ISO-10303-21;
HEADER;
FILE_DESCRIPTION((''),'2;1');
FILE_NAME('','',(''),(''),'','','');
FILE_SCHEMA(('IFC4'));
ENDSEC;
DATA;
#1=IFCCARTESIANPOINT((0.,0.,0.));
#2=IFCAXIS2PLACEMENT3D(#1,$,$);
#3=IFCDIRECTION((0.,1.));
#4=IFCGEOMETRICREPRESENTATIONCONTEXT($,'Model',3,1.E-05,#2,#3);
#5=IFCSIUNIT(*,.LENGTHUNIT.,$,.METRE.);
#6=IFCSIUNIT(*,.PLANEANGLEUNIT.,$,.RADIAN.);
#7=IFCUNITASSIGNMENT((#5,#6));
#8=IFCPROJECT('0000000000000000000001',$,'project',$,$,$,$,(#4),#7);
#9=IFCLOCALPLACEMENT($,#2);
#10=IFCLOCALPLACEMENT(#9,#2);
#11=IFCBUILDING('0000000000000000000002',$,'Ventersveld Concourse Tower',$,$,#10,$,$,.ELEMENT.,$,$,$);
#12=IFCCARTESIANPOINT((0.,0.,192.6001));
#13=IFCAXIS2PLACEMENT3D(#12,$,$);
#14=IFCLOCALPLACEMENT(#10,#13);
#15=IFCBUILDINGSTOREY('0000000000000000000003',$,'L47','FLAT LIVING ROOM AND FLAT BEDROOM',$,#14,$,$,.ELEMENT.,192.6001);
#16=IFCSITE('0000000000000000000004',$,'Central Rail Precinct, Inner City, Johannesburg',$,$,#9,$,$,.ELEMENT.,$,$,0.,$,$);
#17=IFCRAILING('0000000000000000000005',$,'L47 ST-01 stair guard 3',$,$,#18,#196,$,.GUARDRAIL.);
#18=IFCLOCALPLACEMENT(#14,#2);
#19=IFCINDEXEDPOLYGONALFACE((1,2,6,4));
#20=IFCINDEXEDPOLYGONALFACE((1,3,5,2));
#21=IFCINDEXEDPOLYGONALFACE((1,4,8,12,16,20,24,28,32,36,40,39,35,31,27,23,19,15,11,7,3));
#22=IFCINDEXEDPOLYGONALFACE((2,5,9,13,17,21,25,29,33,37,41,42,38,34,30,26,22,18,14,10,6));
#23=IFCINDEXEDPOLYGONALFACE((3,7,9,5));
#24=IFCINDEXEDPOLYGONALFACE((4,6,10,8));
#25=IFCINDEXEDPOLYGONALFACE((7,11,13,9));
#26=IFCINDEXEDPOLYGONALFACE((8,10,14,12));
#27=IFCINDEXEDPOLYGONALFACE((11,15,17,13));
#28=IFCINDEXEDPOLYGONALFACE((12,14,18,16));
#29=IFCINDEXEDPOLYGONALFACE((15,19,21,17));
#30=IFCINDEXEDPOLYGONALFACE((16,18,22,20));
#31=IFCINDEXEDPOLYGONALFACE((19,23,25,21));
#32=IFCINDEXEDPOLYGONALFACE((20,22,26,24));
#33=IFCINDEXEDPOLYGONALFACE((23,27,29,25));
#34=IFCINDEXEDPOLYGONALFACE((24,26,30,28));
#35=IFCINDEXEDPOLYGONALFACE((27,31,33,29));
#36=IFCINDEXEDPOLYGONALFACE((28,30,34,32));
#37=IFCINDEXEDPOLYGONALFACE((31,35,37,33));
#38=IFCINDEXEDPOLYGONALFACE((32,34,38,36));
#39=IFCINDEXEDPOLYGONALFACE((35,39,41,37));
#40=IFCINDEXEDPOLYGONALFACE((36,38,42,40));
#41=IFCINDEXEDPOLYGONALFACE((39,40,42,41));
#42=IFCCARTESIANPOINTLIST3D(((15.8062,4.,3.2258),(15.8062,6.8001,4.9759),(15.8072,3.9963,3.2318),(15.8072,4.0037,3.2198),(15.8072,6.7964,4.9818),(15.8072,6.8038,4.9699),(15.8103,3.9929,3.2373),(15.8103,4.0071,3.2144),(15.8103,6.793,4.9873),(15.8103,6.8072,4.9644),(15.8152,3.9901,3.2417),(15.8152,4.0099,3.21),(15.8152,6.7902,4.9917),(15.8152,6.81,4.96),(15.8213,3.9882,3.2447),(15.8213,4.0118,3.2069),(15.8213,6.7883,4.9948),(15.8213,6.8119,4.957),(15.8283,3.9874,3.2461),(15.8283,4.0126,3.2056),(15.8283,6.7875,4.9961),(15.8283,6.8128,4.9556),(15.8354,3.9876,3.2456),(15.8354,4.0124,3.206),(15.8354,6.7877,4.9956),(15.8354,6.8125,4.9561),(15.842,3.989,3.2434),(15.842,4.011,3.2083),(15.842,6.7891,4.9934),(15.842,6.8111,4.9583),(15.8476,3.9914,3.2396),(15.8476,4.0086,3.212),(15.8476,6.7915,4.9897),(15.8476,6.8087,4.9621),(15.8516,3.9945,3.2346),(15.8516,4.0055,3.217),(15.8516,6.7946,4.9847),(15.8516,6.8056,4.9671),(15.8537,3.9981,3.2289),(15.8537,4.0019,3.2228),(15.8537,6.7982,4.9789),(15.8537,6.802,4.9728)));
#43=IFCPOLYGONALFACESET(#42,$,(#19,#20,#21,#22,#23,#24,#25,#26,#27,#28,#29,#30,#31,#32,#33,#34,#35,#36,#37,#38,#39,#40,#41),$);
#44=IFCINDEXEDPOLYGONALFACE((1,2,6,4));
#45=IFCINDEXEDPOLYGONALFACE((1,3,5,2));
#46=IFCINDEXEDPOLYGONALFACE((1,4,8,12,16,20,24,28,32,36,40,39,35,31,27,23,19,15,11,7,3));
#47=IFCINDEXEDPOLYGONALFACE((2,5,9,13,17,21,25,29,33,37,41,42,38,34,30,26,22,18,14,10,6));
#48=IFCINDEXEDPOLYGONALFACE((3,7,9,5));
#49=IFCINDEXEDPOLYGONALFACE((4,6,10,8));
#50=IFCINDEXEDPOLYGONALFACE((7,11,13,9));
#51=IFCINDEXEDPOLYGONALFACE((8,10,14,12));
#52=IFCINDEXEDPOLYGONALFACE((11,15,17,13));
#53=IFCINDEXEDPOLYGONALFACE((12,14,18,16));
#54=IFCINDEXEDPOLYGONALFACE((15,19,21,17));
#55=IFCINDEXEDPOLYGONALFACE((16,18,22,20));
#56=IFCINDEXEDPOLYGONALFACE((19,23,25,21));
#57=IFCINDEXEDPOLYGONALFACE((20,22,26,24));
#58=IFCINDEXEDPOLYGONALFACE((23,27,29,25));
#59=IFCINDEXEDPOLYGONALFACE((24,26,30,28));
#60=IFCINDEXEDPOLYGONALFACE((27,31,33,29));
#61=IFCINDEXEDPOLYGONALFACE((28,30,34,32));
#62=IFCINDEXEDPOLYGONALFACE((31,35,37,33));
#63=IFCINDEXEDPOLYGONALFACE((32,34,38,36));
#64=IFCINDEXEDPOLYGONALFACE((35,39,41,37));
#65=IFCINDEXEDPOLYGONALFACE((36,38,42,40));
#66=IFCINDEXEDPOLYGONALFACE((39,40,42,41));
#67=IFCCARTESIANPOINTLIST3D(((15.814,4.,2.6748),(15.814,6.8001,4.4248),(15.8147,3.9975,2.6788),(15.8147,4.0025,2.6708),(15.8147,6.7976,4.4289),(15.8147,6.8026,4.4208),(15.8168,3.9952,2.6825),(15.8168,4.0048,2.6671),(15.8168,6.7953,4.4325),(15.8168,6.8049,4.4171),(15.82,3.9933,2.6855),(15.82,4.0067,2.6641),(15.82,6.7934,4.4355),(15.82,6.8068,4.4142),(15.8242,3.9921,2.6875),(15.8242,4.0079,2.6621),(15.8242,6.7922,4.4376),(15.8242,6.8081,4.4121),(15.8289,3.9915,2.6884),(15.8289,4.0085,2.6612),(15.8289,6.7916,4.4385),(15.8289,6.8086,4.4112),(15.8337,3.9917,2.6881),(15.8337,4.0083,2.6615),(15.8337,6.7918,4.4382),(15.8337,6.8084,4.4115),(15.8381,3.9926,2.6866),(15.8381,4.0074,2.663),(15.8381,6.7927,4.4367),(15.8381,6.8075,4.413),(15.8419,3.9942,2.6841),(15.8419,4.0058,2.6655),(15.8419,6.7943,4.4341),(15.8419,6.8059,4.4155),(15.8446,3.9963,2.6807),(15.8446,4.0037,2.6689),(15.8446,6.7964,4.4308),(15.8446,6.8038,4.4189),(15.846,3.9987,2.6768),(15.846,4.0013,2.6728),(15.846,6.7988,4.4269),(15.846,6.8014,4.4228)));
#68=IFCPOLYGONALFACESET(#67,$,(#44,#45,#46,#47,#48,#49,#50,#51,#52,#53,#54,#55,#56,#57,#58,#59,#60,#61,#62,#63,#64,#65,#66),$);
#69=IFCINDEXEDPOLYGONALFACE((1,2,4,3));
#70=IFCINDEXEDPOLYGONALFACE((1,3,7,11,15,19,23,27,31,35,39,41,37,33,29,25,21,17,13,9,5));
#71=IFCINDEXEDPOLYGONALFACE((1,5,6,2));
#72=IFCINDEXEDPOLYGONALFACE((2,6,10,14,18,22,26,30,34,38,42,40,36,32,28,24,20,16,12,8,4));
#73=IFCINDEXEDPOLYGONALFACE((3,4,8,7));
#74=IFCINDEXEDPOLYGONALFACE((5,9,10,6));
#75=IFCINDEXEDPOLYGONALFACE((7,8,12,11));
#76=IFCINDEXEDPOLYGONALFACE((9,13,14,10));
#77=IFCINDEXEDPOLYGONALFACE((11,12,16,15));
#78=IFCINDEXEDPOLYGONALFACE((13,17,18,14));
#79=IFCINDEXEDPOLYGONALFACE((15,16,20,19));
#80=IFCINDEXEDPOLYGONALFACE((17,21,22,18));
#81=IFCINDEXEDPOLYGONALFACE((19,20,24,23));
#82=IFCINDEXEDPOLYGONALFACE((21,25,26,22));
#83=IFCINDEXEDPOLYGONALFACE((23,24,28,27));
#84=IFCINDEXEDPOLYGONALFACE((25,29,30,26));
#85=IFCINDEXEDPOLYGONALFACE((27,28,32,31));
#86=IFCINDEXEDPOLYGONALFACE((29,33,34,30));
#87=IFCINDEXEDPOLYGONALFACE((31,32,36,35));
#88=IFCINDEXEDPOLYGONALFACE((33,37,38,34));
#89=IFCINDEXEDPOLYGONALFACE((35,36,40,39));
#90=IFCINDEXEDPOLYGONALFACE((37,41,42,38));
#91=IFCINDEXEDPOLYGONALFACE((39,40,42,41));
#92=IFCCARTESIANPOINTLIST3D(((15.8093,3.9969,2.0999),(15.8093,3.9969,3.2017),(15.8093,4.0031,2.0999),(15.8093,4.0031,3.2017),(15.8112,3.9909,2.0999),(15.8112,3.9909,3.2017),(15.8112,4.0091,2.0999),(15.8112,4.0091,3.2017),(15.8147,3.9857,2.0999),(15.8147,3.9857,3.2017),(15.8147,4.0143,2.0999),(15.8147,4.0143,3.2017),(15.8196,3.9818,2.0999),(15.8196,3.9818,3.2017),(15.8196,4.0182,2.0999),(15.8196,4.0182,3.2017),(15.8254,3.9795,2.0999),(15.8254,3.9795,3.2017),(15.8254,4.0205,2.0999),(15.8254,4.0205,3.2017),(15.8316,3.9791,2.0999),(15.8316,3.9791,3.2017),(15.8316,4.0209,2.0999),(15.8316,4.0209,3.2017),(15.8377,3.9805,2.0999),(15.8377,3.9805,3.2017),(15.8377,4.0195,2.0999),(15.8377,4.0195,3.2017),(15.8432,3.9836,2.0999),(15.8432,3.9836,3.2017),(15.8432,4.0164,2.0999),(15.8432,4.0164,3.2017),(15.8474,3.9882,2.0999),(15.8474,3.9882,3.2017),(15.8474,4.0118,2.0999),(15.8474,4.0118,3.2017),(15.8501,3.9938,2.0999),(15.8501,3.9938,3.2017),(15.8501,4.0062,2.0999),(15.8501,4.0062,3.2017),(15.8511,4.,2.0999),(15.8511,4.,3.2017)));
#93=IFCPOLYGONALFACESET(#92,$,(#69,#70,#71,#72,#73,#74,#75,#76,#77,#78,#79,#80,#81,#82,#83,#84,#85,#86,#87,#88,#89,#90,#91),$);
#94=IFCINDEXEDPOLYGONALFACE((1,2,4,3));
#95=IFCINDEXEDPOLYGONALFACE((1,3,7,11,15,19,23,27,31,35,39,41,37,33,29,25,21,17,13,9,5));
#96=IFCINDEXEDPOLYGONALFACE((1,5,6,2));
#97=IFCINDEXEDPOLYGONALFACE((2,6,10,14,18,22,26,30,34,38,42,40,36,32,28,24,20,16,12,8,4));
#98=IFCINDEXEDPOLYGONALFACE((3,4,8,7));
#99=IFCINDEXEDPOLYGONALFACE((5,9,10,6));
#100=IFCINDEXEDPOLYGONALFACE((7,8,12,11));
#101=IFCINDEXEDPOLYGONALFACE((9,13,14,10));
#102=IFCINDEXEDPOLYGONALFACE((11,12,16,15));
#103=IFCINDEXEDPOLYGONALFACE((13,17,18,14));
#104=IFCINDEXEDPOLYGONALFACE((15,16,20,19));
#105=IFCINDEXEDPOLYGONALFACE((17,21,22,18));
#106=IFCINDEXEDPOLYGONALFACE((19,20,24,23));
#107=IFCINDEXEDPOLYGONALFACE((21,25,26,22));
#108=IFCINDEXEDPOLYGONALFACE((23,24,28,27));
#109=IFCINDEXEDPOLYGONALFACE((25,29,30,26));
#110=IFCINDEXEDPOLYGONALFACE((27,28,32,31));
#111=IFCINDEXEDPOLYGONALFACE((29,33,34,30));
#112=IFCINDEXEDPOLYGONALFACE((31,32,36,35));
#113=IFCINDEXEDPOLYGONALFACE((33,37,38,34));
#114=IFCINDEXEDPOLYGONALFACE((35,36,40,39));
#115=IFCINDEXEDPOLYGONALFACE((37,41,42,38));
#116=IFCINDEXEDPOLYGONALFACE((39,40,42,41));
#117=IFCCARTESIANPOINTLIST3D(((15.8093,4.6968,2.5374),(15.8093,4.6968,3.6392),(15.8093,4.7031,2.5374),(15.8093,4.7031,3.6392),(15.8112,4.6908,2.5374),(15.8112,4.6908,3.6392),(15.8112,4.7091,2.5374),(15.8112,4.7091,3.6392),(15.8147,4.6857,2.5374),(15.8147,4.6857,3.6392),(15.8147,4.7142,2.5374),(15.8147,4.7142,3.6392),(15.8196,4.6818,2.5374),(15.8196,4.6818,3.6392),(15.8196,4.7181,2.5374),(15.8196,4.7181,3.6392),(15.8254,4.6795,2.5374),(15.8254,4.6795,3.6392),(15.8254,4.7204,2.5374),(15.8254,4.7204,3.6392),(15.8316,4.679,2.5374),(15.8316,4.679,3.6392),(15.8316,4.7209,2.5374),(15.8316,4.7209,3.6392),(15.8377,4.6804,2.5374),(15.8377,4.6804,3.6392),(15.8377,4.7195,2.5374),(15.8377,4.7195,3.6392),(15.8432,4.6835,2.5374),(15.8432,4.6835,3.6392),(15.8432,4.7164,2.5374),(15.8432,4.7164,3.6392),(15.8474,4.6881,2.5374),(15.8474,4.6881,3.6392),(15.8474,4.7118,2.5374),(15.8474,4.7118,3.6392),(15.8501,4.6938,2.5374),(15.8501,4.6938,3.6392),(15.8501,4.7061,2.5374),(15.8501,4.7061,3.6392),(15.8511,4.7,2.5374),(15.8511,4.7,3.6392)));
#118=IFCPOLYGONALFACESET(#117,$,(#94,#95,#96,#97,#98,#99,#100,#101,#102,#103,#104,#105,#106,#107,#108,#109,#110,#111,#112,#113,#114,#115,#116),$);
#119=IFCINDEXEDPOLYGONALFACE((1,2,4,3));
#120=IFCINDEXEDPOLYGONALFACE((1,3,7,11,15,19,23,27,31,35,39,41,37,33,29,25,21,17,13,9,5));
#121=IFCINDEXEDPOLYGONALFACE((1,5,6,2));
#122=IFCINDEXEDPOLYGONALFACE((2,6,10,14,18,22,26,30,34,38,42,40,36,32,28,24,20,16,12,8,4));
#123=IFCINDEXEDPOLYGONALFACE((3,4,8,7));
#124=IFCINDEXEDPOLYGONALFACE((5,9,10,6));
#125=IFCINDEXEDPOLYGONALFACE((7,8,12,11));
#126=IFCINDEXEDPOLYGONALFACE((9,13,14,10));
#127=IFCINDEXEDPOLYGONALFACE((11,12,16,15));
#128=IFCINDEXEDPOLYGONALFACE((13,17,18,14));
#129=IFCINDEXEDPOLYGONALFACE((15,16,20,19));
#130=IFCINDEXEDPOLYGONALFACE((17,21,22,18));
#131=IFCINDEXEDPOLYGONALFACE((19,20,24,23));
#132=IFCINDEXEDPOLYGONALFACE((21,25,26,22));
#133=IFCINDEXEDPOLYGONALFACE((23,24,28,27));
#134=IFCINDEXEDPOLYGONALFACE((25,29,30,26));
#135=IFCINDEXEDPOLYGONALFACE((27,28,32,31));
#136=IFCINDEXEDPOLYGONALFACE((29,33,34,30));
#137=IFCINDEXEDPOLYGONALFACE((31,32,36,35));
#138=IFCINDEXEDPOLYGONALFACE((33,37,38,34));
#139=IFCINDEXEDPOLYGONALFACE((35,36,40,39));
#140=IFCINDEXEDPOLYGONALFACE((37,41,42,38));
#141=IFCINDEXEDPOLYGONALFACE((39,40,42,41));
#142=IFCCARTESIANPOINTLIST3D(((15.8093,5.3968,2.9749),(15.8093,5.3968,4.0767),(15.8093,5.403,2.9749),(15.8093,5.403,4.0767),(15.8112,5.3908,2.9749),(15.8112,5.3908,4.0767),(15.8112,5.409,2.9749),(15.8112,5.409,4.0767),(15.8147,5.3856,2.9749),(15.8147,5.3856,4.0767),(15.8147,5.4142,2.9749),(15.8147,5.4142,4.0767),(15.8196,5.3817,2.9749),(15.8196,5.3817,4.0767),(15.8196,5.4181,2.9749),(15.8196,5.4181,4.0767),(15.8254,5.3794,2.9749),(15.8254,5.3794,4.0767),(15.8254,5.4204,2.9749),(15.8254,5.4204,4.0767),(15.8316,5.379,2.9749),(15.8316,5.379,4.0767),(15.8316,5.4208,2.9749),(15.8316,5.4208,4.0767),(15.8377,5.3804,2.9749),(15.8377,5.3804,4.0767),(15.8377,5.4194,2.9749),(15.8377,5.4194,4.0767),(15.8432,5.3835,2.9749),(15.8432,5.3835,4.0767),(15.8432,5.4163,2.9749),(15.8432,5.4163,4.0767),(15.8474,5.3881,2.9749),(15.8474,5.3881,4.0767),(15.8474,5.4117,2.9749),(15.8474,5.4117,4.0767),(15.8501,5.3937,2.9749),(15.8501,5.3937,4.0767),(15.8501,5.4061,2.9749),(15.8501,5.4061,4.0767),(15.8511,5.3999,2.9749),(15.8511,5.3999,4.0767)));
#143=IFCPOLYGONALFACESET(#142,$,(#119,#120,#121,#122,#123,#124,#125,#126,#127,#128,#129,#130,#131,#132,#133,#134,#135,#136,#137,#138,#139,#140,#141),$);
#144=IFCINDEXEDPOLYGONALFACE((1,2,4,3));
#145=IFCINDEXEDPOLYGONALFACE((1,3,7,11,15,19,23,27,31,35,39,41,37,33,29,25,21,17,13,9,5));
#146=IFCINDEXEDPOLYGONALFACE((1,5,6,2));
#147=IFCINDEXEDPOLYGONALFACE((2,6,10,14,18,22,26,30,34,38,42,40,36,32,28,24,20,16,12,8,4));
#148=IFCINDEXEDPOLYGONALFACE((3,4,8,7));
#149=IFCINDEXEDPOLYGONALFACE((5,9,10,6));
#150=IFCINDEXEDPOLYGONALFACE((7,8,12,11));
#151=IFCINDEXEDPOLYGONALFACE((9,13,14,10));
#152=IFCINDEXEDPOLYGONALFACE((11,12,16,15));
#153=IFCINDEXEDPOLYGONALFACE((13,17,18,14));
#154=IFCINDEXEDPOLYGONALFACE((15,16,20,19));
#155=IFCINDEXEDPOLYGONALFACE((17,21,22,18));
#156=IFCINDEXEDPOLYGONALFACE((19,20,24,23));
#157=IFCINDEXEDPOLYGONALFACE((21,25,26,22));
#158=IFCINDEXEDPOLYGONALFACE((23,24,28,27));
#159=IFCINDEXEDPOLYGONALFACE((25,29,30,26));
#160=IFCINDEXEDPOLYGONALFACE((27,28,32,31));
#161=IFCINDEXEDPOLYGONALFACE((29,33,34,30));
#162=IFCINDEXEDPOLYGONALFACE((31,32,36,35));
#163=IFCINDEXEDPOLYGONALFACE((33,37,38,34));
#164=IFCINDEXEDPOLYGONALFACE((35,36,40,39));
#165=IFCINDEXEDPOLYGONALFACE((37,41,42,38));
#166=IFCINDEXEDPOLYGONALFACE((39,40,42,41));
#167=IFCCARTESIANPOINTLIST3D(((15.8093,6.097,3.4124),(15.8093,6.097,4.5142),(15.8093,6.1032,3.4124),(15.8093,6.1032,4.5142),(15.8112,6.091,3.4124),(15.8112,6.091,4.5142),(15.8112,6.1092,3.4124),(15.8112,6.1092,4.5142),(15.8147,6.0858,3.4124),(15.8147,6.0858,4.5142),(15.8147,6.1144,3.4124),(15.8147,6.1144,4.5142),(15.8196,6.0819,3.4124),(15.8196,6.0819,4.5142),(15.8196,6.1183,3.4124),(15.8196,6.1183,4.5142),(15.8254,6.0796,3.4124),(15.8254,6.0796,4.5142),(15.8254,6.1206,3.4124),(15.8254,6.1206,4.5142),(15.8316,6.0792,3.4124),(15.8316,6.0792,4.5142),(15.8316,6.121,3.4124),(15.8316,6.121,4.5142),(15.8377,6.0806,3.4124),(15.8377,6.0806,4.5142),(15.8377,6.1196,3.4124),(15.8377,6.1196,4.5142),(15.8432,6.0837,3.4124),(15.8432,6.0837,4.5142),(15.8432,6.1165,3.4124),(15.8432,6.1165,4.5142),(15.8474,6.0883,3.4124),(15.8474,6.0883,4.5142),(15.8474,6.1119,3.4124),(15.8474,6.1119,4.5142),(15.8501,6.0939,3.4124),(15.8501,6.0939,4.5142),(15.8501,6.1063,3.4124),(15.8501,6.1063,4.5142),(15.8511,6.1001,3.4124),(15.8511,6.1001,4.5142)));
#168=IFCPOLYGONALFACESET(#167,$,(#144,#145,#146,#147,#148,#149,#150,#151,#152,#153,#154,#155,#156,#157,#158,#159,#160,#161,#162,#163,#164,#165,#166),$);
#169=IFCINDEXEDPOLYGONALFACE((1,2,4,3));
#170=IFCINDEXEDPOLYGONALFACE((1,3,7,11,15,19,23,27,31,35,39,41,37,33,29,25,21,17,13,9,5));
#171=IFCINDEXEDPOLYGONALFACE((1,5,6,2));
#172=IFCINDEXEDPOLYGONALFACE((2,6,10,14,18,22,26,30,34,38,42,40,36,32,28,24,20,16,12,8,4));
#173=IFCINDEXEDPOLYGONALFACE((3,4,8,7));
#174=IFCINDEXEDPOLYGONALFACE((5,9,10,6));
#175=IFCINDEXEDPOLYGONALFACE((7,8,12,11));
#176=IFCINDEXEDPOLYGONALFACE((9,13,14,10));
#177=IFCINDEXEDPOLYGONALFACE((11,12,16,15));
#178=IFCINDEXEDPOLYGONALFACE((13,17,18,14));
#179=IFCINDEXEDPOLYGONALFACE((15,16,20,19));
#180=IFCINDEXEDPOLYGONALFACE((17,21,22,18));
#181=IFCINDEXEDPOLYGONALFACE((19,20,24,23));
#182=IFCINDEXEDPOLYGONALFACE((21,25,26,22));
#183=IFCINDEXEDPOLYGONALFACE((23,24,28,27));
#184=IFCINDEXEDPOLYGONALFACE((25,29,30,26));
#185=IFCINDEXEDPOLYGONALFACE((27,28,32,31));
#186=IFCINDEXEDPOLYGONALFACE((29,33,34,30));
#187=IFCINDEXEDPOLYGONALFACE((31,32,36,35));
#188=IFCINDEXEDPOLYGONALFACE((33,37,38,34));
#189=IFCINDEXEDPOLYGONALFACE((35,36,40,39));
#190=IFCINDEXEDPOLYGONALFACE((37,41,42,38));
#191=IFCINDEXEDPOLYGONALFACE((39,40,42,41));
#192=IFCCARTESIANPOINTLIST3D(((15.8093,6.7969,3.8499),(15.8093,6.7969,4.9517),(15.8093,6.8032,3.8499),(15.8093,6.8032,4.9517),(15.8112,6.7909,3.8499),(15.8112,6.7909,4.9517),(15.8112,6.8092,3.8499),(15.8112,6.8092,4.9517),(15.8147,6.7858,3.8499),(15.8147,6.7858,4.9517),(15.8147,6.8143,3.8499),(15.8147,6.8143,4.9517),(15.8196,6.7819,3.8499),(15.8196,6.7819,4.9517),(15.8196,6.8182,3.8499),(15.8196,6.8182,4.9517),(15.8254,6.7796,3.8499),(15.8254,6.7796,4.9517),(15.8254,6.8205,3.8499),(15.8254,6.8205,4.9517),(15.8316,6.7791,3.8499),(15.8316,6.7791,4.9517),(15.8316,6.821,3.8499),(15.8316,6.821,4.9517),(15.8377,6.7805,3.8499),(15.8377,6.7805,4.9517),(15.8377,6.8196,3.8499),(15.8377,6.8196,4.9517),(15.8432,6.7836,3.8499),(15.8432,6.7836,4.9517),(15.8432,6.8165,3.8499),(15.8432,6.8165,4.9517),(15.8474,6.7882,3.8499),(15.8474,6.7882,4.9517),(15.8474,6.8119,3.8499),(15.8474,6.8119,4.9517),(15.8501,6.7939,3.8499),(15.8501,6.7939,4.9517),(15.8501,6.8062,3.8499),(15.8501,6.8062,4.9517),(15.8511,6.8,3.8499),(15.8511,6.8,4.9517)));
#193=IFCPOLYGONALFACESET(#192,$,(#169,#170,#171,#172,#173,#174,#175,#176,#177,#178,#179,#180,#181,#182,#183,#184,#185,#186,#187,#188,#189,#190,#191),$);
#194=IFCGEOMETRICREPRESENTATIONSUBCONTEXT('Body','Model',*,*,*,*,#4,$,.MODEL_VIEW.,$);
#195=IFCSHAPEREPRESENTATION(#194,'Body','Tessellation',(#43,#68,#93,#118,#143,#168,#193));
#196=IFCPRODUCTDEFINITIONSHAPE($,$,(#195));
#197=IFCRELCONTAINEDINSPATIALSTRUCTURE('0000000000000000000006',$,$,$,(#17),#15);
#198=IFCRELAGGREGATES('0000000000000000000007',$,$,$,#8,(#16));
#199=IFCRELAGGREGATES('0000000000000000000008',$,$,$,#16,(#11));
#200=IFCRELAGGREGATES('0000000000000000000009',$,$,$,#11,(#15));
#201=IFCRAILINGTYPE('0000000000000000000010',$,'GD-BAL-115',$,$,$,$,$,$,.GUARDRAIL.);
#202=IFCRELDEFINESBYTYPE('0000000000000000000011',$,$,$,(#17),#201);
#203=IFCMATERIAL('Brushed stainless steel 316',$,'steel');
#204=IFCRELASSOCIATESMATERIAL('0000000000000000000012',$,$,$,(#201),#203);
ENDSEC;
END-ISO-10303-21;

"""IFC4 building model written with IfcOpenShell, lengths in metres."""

from ifc_helpers import new_model, si_unit, direction, frame, origin, origin_2d, place, context, subcontext, project, spatial, circle, extrude, material, type_object, element, save


model = new_model("IFC4")

# Units and contexts
model_context = context("Model", 3, precision=1e-05, world=origin(), true_north=direction((0.0, 1.0)))
body_context = subcontext(model_context, "Body", "Model", "MODEL_VIEW")
ifc_project = project(units=[si_unit("LENGTHUNIT", "METRE"), si_unit("PLANEANGLEUNIT", "RADIAN")], contexts=[model_context])

# Site, building, storey
site_placement = place(None, origin())
site = spatial("IfcSite", under=ifc_project, at=site_placement, Name="Central Rail Precinct, Inner City, Johannesburg", CompositionType="ELEMENT", RefElevation=0.0)
building_placement = place(site_placement, origin())
building = spatial("IfcBuilding", under=site, at=building_placement, Name="Ventersveld Concourse Tower", CompositionType="ELEMENT")
storey_placement = place(building_placement, frame((0.0, 0.0, 192.6001)))
storey = spatial("IfcBuildingStorey", under=building, at=storey_placement, Name="L47", Description="FLAT LIVING ROOM AND FLAT BEDROOM", CompositionType="ELEMENT", Elevation=192.6001)

# Shared definitions
ifc_material_1 = material(Name="Brushed stainless steel 316", Category="steel")

# Railing
railing_type_1 = type_object("IfcRailingType", Name="GD-BAL-115", PredefinedType="GUARDRAIL", material=ifc_material_1)
railing_1_placement = place(storey_placement, frame((15.8301, 4.0, 2.0999)))
element("IfcRailing", 1, at=railing_1_placement, inside=storey, type_object=railing_type_1, Name="L47 ST-01 stair guard 3", PredefinedType="GUARDRAIL", context=body_context, shape_type="SweptSolid", body=[
    extrude(circle(Radius=0.0239, at=origin_2d()), frame((0.0, 0.0, 1.126), z_axis=(0.0, 0.848002, 0.529992), x_axis=(-1.0, 0.0, 0.0)), (0.0, 0.0, 1.0), 3.302),
    extrude(circle(Radius=0.0161, at=origin_2d()), frame((0.0, 0.0, 0.575), z_axis=(0.0, 0.848002, 0.529992), x_axis=(-1.0, 0.0, 0.0)), (0.0, 0.0, 1.0), 3.302),
    extrude(circle(Radius=0.021, at=origin_2d()), origin(), (0.0, 0.0, 1.0), 1.1018),
    extrude(circle(Radius=0.021, at=origin_2d()), frame((0.0, 0.7, 0.4375)), (0.0, 0.0, 1.0), 1.1018),
    extrude(circle(Radius=0.021, at=origin_2d()), frame((0.0, 1.3999, 0.875)), (0.0, 0.0, 1.0), 1.1018),
    extrude(circle(Radius=0.021, at=origin_2d()), frame((0.0, 2.1001, 1.3125)), (0.0, 0.0, 1.0), 1.1018),
    extrude(circle(Radius=0.021, at=origin_2d()), frame((0.0, 2.8, 1.75)), (0.0, 0.0, 1.0), 1.1018),
])

save(model, "model.ifc")
